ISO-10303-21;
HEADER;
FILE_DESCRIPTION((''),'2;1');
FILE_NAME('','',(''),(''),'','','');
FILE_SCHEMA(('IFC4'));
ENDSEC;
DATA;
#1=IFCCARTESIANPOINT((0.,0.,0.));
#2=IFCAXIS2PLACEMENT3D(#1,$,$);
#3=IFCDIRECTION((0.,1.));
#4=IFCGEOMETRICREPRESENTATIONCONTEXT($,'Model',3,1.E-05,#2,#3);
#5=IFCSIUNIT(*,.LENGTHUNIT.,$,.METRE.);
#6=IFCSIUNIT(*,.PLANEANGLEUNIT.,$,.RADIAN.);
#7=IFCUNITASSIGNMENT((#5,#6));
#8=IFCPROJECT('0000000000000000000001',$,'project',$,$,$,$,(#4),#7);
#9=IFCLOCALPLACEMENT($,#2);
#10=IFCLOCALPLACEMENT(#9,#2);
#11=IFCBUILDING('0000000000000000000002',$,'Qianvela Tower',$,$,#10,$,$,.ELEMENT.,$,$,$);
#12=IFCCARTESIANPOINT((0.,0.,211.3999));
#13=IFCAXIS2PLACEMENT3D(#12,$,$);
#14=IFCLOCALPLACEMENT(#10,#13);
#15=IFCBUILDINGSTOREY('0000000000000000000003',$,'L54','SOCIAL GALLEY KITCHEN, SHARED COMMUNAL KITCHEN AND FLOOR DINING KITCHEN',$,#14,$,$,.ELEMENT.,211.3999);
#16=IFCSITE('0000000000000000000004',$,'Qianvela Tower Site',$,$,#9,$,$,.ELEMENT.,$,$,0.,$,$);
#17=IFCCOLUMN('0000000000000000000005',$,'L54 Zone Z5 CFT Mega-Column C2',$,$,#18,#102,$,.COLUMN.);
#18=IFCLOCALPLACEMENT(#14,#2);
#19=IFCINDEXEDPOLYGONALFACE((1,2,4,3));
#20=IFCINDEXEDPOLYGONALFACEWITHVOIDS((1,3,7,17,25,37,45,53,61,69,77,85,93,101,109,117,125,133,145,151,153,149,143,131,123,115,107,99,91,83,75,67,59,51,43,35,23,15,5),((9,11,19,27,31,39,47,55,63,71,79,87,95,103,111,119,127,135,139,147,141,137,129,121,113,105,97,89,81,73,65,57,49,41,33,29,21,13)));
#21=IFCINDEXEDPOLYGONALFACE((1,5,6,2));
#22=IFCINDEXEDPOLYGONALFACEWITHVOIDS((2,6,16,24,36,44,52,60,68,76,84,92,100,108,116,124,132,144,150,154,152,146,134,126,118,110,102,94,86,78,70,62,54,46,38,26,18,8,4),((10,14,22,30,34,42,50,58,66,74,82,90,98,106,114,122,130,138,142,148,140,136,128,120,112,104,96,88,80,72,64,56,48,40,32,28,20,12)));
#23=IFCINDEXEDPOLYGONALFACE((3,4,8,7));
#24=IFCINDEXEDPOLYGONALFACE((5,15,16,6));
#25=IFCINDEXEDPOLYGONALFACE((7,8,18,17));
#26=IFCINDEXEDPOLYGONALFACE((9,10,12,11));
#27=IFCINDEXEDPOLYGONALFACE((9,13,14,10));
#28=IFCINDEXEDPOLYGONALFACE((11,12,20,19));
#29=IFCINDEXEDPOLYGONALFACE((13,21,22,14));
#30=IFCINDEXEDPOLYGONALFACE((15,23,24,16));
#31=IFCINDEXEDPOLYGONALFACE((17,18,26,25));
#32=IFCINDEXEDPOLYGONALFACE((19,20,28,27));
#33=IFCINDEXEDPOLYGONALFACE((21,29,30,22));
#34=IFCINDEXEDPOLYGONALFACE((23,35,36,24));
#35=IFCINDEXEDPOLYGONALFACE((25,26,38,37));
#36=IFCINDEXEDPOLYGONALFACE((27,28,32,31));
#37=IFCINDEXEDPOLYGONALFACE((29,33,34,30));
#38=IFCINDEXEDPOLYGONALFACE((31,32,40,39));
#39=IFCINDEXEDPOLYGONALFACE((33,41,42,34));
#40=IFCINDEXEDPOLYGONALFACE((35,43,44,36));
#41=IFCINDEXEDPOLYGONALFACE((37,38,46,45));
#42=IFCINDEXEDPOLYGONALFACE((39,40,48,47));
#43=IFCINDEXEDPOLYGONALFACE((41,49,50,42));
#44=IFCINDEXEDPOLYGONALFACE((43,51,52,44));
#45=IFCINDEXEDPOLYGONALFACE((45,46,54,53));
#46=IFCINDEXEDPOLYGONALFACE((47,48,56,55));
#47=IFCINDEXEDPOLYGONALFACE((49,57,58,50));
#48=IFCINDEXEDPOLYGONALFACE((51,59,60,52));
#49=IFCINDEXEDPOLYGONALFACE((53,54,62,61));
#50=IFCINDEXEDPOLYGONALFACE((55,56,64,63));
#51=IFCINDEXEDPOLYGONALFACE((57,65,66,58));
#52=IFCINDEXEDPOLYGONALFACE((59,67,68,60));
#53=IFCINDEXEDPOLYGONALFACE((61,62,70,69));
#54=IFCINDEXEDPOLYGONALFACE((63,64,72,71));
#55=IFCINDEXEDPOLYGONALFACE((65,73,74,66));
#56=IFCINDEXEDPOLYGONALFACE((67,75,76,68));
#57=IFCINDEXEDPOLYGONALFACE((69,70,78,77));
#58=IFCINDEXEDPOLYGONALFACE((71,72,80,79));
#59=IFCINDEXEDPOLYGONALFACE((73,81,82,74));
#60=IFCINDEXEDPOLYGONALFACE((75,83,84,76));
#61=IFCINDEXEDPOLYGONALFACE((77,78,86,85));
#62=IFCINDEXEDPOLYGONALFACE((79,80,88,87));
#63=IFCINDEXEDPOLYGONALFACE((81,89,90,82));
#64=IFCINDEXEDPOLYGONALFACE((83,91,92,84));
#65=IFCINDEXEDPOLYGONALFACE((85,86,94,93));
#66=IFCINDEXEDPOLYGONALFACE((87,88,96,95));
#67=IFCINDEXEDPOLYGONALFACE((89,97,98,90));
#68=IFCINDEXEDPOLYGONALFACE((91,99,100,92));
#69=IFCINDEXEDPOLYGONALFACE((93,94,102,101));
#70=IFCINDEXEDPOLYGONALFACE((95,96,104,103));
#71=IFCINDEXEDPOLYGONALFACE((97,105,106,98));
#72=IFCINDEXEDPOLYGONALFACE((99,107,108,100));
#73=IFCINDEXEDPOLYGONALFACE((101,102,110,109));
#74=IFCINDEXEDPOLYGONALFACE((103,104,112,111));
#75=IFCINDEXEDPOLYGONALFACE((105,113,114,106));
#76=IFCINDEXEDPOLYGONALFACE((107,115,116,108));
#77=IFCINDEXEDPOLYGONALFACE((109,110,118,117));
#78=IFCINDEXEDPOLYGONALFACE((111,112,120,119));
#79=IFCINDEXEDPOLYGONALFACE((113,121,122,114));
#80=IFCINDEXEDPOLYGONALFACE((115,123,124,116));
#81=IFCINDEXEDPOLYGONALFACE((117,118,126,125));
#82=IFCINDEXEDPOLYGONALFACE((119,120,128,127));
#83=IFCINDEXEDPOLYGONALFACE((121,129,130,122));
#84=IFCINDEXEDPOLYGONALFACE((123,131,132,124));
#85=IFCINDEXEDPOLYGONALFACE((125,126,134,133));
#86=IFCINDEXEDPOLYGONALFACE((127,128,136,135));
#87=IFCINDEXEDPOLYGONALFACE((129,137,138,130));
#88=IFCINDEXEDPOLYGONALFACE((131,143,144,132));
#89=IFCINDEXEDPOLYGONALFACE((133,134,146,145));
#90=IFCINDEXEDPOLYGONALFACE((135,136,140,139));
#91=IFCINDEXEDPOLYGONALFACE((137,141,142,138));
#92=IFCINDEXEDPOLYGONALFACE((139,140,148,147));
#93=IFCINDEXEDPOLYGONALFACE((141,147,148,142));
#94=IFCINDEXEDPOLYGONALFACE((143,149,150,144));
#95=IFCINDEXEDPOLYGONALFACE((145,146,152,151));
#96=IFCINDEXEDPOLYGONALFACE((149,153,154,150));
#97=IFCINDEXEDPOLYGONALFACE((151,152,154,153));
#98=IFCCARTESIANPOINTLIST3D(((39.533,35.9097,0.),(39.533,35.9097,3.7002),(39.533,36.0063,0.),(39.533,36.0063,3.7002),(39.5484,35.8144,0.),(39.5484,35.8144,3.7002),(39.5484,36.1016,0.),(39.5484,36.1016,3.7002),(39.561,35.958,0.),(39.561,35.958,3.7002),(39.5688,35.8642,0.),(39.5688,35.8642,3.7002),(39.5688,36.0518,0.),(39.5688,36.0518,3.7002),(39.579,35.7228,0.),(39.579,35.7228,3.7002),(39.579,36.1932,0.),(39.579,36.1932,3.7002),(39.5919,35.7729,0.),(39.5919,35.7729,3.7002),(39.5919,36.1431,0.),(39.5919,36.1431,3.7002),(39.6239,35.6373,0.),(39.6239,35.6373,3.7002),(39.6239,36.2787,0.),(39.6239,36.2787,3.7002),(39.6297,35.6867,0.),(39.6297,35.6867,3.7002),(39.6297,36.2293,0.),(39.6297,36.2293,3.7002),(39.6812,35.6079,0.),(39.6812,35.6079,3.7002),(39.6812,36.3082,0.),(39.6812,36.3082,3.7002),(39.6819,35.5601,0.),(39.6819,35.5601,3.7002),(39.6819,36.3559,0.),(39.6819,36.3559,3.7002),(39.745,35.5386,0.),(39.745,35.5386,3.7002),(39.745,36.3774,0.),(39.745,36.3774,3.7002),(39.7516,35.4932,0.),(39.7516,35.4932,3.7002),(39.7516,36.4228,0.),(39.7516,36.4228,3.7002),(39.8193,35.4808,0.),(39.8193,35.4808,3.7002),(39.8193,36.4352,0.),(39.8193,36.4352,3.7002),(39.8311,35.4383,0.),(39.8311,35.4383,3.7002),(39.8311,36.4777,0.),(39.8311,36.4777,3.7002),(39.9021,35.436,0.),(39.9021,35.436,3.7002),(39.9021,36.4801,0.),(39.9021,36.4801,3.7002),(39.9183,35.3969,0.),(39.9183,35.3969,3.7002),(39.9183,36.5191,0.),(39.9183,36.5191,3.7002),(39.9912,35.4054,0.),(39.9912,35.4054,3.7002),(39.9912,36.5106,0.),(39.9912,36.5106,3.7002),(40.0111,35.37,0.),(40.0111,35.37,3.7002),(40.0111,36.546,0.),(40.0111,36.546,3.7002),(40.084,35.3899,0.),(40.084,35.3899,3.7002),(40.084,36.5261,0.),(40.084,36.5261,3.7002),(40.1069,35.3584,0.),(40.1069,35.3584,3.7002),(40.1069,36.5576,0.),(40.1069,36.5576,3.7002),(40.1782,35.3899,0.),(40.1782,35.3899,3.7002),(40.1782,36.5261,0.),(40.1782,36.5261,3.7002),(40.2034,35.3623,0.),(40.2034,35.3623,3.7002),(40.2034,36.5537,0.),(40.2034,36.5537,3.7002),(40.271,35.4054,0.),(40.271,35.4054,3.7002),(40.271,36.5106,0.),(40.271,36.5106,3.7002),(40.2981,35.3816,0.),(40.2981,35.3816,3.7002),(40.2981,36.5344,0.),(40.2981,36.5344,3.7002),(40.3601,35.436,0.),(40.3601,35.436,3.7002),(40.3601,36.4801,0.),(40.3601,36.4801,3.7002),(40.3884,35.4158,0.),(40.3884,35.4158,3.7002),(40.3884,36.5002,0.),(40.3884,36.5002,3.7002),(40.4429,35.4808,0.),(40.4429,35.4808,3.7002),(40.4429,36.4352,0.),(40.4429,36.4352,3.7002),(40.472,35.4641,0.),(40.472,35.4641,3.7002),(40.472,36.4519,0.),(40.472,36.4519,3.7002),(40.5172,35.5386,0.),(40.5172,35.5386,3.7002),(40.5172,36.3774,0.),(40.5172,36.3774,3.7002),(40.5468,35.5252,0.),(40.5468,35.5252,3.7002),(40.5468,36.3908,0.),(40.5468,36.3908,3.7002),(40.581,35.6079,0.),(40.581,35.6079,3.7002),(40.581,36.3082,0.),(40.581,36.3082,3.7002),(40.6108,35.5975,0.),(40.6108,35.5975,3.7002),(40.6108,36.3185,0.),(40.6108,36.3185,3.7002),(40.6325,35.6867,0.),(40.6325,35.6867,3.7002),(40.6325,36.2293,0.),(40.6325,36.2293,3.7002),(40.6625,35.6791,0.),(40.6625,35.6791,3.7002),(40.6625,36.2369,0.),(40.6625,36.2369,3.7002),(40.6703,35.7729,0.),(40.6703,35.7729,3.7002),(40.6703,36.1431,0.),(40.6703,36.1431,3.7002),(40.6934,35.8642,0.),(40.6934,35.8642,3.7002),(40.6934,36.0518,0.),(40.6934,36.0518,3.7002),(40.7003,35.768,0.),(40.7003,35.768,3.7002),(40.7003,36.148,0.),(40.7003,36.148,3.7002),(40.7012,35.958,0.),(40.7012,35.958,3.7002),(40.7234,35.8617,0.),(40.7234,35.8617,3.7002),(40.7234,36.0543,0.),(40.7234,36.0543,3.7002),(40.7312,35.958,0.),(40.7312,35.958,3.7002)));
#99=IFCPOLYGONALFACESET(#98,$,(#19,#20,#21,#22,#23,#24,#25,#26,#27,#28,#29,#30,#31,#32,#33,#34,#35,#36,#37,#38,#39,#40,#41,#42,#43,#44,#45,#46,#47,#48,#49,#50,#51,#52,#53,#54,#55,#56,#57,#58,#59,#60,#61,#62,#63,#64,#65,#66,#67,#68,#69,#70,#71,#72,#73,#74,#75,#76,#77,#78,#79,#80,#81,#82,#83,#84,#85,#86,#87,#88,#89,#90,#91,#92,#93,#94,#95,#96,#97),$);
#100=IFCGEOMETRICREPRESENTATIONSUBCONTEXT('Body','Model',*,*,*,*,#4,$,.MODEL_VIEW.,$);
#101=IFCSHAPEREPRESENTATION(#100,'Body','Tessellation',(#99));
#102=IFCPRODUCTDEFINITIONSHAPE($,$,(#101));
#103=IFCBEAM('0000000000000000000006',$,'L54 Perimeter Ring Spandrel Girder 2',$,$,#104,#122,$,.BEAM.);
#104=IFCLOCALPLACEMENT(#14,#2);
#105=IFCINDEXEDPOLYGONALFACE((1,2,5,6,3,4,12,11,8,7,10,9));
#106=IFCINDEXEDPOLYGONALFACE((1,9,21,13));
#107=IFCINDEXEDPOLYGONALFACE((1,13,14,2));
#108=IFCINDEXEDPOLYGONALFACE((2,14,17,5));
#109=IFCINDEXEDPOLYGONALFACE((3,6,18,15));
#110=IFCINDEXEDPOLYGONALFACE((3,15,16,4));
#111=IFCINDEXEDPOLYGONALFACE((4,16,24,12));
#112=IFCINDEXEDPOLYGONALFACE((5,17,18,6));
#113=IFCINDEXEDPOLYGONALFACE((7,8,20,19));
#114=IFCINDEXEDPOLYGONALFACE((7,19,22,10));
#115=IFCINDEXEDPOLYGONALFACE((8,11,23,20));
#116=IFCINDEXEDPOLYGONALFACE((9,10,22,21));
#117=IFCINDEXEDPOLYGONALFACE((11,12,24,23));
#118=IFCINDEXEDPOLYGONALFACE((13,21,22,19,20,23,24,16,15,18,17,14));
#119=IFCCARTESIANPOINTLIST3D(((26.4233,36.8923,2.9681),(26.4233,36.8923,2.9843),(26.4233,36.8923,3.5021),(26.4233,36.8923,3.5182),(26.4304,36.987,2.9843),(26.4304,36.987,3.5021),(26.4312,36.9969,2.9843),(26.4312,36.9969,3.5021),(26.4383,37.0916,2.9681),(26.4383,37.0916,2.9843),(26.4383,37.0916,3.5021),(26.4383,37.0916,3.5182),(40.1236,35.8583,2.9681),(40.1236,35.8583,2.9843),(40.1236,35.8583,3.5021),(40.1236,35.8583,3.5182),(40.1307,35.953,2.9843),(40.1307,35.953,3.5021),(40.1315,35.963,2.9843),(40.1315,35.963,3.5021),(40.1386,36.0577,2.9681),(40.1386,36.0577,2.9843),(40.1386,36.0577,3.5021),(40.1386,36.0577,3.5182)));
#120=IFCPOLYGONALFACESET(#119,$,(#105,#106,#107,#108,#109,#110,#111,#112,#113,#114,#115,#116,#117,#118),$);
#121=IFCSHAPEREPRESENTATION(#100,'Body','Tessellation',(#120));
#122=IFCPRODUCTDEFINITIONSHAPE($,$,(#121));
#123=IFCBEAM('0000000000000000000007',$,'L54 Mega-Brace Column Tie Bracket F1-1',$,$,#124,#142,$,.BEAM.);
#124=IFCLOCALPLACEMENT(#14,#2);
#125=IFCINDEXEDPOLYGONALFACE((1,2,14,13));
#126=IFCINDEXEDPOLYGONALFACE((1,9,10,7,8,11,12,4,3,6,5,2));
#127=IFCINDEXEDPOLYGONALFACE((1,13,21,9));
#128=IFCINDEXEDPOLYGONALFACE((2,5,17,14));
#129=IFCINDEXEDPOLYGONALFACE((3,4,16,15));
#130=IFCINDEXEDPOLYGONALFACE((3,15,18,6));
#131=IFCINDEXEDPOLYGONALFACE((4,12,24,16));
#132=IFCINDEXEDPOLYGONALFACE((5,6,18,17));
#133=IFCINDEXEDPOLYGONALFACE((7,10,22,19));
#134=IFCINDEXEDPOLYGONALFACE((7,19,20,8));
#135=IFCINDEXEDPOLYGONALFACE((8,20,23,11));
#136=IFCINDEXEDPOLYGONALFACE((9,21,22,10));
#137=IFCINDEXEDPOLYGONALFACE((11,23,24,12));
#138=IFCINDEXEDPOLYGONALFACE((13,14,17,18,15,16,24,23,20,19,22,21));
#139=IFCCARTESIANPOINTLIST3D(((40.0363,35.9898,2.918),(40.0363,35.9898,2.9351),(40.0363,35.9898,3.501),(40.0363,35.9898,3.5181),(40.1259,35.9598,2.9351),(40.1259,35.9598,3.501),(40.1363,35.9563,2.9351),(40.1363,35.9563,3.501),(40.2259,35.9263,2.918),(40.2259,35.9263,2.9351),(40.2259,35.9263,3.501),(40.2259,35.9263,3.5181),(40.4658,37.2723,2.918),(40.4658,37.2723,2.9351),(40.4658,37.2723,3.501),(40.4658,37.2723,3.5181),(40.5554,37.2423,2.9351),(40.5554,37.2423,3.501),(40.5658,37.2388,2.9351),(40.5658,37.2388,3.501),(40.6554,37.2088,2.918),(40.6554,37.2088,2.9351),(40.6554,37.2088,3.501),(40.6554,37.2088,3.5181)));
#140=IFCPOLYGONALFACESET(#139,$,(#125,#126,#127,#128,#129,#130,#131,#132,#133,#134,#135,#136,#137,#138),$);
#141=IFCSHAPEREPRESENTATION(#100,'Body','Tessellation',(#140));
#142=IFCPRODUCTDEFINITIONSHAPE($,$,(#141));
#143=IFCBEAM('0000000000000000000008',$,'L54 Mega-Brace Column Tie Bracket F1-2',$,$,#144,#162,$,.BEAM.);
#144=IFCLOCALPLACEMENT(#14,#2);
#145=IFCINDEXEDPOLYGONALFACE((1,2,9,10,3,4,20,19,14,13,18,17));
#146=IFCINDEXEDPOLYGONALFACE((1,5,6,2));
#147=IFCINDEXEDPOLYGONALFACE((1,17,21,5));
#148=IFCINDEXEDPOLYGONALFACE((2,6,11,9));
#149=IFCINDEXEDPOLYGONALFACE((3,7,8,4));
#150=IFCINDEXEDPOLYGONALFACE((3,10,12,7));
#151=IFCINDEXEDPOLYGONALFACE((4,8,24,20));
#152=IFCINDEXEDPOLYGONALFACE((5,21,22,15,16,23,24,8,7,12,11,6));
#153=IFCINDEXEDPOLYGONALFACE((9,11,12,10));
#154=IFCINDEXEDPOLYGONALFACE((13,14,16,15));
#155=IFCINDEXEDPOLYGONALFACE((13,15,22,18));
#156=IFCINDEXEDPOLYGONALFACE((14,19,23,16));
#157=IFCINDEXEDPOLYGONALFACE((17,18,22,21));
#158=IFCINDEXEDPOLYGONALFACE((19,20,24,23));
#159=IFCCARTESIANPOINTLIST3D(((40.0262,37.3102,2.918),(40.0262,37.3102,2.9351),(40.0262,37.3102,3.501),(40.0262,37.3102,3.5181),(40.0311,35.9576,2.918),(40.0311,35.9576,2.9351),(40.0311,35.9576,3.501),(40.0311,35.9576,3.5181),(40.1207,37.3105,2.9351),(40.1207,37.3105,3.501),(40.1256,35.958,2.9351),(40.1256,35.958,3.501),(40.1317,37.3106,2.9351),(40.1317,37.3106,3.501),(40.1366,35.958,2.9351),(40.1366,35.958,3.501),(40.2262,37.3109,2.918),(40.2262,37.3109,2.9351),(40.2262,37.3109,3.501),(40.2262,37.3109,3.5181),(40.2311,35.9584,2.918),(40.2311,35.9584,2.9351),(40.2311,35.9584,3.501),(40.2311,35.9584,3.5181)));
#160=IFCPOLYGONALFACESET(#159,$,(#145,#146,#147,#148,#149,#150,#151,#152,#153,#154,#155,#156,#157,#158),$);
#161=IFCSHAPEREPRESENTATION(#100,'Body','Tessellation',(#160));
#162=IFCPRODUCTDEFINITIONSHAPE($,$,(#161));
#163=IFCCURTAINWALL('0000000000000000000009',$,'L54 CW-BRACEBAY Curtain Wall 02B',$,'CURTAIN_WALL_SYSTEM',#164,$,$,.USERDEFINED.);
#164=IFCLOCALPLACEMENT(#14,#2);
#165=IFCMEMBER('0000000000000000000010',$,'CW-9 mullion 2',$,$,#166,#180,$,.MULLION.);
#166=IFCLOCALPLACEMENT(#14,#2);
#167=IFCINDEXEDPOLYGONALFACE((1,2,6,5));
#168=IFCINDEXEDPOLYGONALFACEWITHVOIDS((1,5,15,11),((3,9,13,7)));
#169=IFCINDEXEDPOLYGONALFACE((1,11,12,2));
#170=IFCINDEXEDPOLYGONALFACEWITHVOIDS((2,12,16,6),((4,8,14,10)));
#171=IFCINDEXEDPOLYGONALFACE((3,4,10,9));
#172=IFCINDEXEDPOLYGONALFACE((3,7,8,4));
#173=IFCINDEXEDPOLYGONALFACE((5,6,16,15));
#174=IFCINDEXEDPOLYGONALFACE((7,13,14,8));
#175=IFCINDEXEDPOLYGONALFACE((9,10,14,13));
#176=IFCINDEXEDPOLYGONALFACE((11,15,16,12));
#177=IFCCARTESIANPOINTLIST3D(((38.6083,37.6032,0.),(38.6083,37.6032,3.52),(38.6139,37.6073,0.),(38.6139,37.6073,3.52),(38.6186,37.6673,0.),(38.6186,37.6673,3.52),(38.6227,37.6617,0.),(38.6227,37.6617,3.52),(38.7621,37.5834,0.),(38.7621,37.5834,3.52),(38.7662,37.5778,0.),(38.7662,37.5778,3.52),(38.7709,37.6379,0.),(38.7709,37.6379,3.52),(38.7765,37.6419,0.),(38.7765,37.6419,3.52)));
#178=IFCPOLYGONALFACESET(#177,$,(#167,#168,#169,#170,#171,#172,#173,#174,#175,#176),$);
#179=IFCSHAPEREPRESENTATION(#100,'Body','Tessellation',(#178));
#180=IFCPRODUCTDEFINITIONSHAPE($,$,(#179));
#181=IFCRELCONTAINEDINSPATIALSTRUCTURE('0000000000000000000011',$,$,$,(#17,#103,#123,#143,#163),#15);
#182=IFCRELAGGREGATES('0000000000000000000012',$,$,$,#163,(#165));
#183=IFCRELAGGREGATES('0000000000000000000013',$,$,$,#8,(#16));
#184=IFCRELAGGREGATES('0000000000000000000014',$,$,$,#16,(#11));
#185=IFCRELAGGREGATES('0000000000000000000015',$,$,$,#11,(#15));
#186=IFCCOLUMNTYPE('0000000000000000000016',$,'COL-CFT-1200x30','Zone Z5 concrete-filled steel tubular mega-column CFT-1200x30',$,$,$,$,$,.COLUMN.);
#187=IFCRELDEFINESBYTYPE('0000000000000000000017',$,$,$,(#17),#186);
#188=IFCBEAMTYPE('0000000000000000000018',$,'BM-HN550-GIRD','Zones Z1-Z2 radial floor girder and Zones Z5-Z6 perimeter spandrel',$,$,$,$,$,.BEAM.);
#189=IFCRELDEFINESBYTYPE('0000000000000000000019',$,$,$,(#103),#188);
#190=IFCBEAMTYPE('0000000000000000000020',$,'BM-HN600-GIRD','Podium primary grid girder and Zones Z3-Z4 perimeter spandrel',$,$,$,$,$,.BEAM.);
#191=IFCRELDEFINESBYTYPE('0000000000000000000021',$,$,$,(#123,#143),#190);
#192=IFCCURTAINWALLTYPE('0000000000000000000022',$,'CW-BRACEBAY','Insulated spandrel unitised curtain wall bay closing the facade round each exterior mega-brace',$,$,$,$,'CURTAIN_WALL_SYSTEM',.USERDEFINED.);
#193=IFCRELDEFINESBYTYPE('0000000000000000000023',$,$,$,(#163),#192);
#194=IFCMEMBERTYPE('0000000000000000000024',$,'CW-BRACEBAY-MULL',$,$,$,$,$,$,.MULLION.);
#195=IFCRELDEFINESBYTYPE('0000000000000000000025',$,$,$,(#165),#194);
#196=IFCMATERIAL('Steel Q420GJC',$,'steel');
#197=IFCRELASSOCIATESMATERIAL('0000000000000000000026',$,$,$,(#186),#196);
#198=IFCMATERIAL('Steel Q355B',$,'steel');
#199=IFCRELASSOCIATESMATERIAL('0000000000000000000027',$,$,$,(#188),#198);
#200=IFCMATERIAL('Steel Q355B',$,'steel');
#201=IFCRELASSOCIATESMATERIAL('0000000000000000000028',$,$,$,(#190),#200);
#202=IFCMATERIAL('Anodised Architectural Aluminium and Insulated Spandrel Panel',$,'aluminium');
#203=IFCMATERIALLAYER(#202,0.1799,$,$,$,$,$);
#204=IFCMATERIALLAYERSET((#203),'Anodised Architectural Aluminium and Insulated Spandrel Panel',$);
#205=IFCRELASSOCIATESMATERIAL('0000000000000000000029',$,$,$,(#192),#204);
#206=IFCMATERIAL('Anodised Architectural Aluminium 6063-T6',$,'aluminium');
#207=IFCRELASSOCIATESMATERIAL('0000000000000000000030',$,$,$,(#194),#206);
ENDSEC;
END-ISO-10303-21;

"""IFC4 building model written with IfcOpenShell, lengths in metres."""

from ifc_helpers import new_model, si_unit, direction, frame, origin, origin_2d, place, context, subcontext, project, spatial, hollow_rectangle, hollow_circle, i_section, extrude, material, layer, layer_set, material_profile, profile_set, type_object, element, aggregate, save


model = new_model("IFC4")

# Units and contexts
model_context = context("Model", 3, precision=1e-05, world=origin(), true_north=direction((0.0, 1.0)))
body_context = subcontext(model_context, "Body", "Model", "MODEL_VIEW")
ifc_project = project(units=[si_unit("LENGTHUNIT", "METRE"), si_unit("PLANEANGLEUNIT", "RADIAN")], contexts=[model_context])

# Site, building, storey
site_placement = place(None, origin())
site = spatial("IfcSite", under=ifc_project, at=site_placement, Name="Qianvela Tower Site", CompositionType="ELEMENT", RefElevation=0.0)
building_placement = place(site_placement, origin())
building = spatial("IfcBuilding", under=site, at=building_placement, Name="Qianvela Tower", CompositionType="ELEMENT")
storey_placement = place(building_placement, frame((0.0, 0.0, 211.3999)))
storey = spatial("IfcBuildingStorey", under=building, at=storey_placement, Name="L54", Description="SOCIAL GALLEY KITCHEN, SHARED COMMUNAL KITCHEN AND FLOOR DINING KITCHEN", CompositionType="ELEMENT", Elevation=211.3999)

# Column
ifc_material_1 = material(Name="Steel Q420GJC", Category="steel")
ifc_material_profile_1 = material_profile(ifc_material_1, hollow_circle(Radius=0.6001, WallThickness=0.03, at=origin_2d()), Name="CFT-1200x30")
ifc_profile_set_1 = profile_set([ifc_material_profile_1], Name="Steel Q420GJC")
column_type = type_object("IfcColumnType", Name="COL-CFT-1200x30", Description="Zone Z5 concrete-filled steel tubular mega-column CFT-1200x30", PredefinedType="COLUMN", material=ifc_profile_set_1)
column_placement = place(storey_placement, frame((40.1311, 35.958, 0.0), z_axis=(0.0, 0.0, 1.0), x_axis=(1.0, 0.0, 0.0)))
element("IfcColumn", 1, at=column_placement, inside=storey, type_object=column_type, Name="L54 Zone Z5 CFT Mega-Column C2", PredefinedType="COLUMN", context=body_context, shape_type="SweptSolid", body=[
    extrude(hollow_circle(Radius=0.6001, WallThickness=0.03, at=origin_2d()), origin(), (0.0, 0.0, 1.0), 3.7002),
])

# Beams
ifc_material_2 = material(Name="Steel Q355B", Category="steel")
ifc_material_profile_2 = material_profile(ifc_material_2, i_section(OverallWidth=0.2, OverallDepth=0.55, WebThickness=0.01, FlangeThickness=0.0161, at=origin_2d()), Name="HN550x200x10x16")
ifc_profile_set_2 = profile_set([ifc_material_profile_2], Name="Steel Q355B")
beam_type_1 = type_object("IfcBeamType", Name="BM-HN550-GIRD", Description="Zones Z1-Z2 radial floor girder and Zones Z5-Z6 perimeter spandrel", PredefinedType="BEAM", material=ifc_profile_set_2)
beam_placement = place(storey_placement, frame((40.1311, 35.958, 3.2432), z_axis=(-0.997164, 0.075255, 0.0), x_axis=(-0.075255, -0.997164, 0.0)))
element("IfcBeam", 2, at=beam_placement, inside=storey, type_object=beam_type_1, Name="L54 Perimeter Ring Spandrel Girder 2", PredefinedType="BEAM", context=body_context, shape_type="SweptSolid", body=[
    extrude(i_section(OverallWidth=0.2, OverallDepth=0.55, WebThickness=0.01, FlangeThickness=0.0161, at=origin_2d()), origin(), (0.0, 0.0, 1.0), 13.7393),
])
ifc_material_3 = material(Name="Steel Q355B", Category="steel")
ifc_material_profile_3 = material_profile(ifc_material_3, i_section(OverallWidth=0.2, OverallDepth=0.6001, WebThickness=0.011, FlangeThickness=0.0171, at=origin_2d()), Name="HN600x200x11x17")
ifc_profile_set_3 = profile_set([ifc_material_profile_3], Name="Steel Q355B")
beam_type_2 = type_object("IfcBeamType", Name="BM-HN600-GIRD", Description="Podium primary grid girder and Zones Z3-Z4 perimeter spandrel", PredefinedType="BEAM", material=ifc_profile_set_3)
for number, where, z_axis, x_axis, name in (
    (3, (40.1311, 35.958, 3.218), (0.317527, 0.948249, 0.0), (-0.948249, 0.317527, 0.0), "L54 Mega-Brace Column Tie Bracket F1-1"),
    (4, (40.1311, 35.958, 3.218), (-0.00361, 0.999993, 0.0), (-0.999993, -0.00361, 0.0), "L54 Mega-Brace Column Tie Bracket F1-2"),
):
    element("IfcBeam", number, at=place(storey_placement, frame(where, z_axis=z_axis, x_axis=x_axis)), inside=storey, type_object=beam_type_2, Name=name, PredefinedType="BEAM", context=body_context, shape_type="SweptSolid", body=[
        extrude(i_section(OverallWidth=0.2, OverallDepth=0.6001, WebThickness=0.011, FlangeThickness=0.0171, at=origin_2d()), origin(), (0.0, 0.0, 1.0), 1.3525),
    ])

# Curtain wall, member
ifc_material_4 = material(Name="Anodised Architectural Aluminium and Insulated Spandrel Panel", Category="aluminium")
ifc_layer_1 = layer(ifc_material_4, 0.1799)
ifc_layer_set_1 = layer_set([ifc_layer_1], Name="Anodised Architectural Aluminium and Insulated Spandrel Panel")
curtain_wall_type_1 = type_object("IfcCurtainWallType", Name="CW-BRACEBAY", Description="Insulated spandrel unitised curtain wall bay closing the facade round each exterior mega-brace", ElementType="CURTAIN_WALL_SYSTEM", PredefinedType="USERDEFINED", material=ifc_layer_set_1)
curtain_wall_1_placement = place(storey_placement, origin())
curtain_wall_1 = element("IfcCurtainWall", 5, at=curtain_wall_1_placement, inside=storey, type_object=curtain_wall_type_1, Name="L54 CW-BRACEBAY Curtain Wall 02B", ObjectType="CURTAIN_WALL_SYSTEM", PredefinedType="USERDEFINED")
ifc_material_5 = material(Name="Anodised Architectural Aluminium 6063-T6", Category="aluminium")
ifc_material_profile_4 = material_profile(ifc_material_5, hollow_rectangle(XDim=0.0649, YDim=0.1599, WallThickness=0.0049, at=origin_2d()), Name="ALU-MULL-65x160")
ifc_profile_set_4 = profile_set([ifc_material_profile_4], Name="Anodised Architectural Aluminium 6063-T6")
member_type_1 = type_object("IfcMemberType", Name="CW-BRACEBAY-MULL", PredefinedType="MULLION", material=ifc_profile_set_4)
member_1_placement = place(storey_placement, frame((38.6924, 37.6226, 0.0), z_axis=(0.0, 0.0, 1.0), x_axis=(-0.15908, -0.987266, 0.0)))
member_1 = element("IfcMember", 6, at=member_1_placement, type_object=member_type_1, Name="CW-9 mullion 2", PredefinedType="MULLION", context=body_context, shape_type="SweptSolid", body=[
    extrude(hollow_rectangle(XDim=0.0649, YDim=0.1599, WallThickness=0.0049, at=origin_2d()), origin(), (0.0, 0.0, 1.0), 3.52),
])

aggregate(curtain_wall_1, [member_1])

save(model, "model.ifc")
